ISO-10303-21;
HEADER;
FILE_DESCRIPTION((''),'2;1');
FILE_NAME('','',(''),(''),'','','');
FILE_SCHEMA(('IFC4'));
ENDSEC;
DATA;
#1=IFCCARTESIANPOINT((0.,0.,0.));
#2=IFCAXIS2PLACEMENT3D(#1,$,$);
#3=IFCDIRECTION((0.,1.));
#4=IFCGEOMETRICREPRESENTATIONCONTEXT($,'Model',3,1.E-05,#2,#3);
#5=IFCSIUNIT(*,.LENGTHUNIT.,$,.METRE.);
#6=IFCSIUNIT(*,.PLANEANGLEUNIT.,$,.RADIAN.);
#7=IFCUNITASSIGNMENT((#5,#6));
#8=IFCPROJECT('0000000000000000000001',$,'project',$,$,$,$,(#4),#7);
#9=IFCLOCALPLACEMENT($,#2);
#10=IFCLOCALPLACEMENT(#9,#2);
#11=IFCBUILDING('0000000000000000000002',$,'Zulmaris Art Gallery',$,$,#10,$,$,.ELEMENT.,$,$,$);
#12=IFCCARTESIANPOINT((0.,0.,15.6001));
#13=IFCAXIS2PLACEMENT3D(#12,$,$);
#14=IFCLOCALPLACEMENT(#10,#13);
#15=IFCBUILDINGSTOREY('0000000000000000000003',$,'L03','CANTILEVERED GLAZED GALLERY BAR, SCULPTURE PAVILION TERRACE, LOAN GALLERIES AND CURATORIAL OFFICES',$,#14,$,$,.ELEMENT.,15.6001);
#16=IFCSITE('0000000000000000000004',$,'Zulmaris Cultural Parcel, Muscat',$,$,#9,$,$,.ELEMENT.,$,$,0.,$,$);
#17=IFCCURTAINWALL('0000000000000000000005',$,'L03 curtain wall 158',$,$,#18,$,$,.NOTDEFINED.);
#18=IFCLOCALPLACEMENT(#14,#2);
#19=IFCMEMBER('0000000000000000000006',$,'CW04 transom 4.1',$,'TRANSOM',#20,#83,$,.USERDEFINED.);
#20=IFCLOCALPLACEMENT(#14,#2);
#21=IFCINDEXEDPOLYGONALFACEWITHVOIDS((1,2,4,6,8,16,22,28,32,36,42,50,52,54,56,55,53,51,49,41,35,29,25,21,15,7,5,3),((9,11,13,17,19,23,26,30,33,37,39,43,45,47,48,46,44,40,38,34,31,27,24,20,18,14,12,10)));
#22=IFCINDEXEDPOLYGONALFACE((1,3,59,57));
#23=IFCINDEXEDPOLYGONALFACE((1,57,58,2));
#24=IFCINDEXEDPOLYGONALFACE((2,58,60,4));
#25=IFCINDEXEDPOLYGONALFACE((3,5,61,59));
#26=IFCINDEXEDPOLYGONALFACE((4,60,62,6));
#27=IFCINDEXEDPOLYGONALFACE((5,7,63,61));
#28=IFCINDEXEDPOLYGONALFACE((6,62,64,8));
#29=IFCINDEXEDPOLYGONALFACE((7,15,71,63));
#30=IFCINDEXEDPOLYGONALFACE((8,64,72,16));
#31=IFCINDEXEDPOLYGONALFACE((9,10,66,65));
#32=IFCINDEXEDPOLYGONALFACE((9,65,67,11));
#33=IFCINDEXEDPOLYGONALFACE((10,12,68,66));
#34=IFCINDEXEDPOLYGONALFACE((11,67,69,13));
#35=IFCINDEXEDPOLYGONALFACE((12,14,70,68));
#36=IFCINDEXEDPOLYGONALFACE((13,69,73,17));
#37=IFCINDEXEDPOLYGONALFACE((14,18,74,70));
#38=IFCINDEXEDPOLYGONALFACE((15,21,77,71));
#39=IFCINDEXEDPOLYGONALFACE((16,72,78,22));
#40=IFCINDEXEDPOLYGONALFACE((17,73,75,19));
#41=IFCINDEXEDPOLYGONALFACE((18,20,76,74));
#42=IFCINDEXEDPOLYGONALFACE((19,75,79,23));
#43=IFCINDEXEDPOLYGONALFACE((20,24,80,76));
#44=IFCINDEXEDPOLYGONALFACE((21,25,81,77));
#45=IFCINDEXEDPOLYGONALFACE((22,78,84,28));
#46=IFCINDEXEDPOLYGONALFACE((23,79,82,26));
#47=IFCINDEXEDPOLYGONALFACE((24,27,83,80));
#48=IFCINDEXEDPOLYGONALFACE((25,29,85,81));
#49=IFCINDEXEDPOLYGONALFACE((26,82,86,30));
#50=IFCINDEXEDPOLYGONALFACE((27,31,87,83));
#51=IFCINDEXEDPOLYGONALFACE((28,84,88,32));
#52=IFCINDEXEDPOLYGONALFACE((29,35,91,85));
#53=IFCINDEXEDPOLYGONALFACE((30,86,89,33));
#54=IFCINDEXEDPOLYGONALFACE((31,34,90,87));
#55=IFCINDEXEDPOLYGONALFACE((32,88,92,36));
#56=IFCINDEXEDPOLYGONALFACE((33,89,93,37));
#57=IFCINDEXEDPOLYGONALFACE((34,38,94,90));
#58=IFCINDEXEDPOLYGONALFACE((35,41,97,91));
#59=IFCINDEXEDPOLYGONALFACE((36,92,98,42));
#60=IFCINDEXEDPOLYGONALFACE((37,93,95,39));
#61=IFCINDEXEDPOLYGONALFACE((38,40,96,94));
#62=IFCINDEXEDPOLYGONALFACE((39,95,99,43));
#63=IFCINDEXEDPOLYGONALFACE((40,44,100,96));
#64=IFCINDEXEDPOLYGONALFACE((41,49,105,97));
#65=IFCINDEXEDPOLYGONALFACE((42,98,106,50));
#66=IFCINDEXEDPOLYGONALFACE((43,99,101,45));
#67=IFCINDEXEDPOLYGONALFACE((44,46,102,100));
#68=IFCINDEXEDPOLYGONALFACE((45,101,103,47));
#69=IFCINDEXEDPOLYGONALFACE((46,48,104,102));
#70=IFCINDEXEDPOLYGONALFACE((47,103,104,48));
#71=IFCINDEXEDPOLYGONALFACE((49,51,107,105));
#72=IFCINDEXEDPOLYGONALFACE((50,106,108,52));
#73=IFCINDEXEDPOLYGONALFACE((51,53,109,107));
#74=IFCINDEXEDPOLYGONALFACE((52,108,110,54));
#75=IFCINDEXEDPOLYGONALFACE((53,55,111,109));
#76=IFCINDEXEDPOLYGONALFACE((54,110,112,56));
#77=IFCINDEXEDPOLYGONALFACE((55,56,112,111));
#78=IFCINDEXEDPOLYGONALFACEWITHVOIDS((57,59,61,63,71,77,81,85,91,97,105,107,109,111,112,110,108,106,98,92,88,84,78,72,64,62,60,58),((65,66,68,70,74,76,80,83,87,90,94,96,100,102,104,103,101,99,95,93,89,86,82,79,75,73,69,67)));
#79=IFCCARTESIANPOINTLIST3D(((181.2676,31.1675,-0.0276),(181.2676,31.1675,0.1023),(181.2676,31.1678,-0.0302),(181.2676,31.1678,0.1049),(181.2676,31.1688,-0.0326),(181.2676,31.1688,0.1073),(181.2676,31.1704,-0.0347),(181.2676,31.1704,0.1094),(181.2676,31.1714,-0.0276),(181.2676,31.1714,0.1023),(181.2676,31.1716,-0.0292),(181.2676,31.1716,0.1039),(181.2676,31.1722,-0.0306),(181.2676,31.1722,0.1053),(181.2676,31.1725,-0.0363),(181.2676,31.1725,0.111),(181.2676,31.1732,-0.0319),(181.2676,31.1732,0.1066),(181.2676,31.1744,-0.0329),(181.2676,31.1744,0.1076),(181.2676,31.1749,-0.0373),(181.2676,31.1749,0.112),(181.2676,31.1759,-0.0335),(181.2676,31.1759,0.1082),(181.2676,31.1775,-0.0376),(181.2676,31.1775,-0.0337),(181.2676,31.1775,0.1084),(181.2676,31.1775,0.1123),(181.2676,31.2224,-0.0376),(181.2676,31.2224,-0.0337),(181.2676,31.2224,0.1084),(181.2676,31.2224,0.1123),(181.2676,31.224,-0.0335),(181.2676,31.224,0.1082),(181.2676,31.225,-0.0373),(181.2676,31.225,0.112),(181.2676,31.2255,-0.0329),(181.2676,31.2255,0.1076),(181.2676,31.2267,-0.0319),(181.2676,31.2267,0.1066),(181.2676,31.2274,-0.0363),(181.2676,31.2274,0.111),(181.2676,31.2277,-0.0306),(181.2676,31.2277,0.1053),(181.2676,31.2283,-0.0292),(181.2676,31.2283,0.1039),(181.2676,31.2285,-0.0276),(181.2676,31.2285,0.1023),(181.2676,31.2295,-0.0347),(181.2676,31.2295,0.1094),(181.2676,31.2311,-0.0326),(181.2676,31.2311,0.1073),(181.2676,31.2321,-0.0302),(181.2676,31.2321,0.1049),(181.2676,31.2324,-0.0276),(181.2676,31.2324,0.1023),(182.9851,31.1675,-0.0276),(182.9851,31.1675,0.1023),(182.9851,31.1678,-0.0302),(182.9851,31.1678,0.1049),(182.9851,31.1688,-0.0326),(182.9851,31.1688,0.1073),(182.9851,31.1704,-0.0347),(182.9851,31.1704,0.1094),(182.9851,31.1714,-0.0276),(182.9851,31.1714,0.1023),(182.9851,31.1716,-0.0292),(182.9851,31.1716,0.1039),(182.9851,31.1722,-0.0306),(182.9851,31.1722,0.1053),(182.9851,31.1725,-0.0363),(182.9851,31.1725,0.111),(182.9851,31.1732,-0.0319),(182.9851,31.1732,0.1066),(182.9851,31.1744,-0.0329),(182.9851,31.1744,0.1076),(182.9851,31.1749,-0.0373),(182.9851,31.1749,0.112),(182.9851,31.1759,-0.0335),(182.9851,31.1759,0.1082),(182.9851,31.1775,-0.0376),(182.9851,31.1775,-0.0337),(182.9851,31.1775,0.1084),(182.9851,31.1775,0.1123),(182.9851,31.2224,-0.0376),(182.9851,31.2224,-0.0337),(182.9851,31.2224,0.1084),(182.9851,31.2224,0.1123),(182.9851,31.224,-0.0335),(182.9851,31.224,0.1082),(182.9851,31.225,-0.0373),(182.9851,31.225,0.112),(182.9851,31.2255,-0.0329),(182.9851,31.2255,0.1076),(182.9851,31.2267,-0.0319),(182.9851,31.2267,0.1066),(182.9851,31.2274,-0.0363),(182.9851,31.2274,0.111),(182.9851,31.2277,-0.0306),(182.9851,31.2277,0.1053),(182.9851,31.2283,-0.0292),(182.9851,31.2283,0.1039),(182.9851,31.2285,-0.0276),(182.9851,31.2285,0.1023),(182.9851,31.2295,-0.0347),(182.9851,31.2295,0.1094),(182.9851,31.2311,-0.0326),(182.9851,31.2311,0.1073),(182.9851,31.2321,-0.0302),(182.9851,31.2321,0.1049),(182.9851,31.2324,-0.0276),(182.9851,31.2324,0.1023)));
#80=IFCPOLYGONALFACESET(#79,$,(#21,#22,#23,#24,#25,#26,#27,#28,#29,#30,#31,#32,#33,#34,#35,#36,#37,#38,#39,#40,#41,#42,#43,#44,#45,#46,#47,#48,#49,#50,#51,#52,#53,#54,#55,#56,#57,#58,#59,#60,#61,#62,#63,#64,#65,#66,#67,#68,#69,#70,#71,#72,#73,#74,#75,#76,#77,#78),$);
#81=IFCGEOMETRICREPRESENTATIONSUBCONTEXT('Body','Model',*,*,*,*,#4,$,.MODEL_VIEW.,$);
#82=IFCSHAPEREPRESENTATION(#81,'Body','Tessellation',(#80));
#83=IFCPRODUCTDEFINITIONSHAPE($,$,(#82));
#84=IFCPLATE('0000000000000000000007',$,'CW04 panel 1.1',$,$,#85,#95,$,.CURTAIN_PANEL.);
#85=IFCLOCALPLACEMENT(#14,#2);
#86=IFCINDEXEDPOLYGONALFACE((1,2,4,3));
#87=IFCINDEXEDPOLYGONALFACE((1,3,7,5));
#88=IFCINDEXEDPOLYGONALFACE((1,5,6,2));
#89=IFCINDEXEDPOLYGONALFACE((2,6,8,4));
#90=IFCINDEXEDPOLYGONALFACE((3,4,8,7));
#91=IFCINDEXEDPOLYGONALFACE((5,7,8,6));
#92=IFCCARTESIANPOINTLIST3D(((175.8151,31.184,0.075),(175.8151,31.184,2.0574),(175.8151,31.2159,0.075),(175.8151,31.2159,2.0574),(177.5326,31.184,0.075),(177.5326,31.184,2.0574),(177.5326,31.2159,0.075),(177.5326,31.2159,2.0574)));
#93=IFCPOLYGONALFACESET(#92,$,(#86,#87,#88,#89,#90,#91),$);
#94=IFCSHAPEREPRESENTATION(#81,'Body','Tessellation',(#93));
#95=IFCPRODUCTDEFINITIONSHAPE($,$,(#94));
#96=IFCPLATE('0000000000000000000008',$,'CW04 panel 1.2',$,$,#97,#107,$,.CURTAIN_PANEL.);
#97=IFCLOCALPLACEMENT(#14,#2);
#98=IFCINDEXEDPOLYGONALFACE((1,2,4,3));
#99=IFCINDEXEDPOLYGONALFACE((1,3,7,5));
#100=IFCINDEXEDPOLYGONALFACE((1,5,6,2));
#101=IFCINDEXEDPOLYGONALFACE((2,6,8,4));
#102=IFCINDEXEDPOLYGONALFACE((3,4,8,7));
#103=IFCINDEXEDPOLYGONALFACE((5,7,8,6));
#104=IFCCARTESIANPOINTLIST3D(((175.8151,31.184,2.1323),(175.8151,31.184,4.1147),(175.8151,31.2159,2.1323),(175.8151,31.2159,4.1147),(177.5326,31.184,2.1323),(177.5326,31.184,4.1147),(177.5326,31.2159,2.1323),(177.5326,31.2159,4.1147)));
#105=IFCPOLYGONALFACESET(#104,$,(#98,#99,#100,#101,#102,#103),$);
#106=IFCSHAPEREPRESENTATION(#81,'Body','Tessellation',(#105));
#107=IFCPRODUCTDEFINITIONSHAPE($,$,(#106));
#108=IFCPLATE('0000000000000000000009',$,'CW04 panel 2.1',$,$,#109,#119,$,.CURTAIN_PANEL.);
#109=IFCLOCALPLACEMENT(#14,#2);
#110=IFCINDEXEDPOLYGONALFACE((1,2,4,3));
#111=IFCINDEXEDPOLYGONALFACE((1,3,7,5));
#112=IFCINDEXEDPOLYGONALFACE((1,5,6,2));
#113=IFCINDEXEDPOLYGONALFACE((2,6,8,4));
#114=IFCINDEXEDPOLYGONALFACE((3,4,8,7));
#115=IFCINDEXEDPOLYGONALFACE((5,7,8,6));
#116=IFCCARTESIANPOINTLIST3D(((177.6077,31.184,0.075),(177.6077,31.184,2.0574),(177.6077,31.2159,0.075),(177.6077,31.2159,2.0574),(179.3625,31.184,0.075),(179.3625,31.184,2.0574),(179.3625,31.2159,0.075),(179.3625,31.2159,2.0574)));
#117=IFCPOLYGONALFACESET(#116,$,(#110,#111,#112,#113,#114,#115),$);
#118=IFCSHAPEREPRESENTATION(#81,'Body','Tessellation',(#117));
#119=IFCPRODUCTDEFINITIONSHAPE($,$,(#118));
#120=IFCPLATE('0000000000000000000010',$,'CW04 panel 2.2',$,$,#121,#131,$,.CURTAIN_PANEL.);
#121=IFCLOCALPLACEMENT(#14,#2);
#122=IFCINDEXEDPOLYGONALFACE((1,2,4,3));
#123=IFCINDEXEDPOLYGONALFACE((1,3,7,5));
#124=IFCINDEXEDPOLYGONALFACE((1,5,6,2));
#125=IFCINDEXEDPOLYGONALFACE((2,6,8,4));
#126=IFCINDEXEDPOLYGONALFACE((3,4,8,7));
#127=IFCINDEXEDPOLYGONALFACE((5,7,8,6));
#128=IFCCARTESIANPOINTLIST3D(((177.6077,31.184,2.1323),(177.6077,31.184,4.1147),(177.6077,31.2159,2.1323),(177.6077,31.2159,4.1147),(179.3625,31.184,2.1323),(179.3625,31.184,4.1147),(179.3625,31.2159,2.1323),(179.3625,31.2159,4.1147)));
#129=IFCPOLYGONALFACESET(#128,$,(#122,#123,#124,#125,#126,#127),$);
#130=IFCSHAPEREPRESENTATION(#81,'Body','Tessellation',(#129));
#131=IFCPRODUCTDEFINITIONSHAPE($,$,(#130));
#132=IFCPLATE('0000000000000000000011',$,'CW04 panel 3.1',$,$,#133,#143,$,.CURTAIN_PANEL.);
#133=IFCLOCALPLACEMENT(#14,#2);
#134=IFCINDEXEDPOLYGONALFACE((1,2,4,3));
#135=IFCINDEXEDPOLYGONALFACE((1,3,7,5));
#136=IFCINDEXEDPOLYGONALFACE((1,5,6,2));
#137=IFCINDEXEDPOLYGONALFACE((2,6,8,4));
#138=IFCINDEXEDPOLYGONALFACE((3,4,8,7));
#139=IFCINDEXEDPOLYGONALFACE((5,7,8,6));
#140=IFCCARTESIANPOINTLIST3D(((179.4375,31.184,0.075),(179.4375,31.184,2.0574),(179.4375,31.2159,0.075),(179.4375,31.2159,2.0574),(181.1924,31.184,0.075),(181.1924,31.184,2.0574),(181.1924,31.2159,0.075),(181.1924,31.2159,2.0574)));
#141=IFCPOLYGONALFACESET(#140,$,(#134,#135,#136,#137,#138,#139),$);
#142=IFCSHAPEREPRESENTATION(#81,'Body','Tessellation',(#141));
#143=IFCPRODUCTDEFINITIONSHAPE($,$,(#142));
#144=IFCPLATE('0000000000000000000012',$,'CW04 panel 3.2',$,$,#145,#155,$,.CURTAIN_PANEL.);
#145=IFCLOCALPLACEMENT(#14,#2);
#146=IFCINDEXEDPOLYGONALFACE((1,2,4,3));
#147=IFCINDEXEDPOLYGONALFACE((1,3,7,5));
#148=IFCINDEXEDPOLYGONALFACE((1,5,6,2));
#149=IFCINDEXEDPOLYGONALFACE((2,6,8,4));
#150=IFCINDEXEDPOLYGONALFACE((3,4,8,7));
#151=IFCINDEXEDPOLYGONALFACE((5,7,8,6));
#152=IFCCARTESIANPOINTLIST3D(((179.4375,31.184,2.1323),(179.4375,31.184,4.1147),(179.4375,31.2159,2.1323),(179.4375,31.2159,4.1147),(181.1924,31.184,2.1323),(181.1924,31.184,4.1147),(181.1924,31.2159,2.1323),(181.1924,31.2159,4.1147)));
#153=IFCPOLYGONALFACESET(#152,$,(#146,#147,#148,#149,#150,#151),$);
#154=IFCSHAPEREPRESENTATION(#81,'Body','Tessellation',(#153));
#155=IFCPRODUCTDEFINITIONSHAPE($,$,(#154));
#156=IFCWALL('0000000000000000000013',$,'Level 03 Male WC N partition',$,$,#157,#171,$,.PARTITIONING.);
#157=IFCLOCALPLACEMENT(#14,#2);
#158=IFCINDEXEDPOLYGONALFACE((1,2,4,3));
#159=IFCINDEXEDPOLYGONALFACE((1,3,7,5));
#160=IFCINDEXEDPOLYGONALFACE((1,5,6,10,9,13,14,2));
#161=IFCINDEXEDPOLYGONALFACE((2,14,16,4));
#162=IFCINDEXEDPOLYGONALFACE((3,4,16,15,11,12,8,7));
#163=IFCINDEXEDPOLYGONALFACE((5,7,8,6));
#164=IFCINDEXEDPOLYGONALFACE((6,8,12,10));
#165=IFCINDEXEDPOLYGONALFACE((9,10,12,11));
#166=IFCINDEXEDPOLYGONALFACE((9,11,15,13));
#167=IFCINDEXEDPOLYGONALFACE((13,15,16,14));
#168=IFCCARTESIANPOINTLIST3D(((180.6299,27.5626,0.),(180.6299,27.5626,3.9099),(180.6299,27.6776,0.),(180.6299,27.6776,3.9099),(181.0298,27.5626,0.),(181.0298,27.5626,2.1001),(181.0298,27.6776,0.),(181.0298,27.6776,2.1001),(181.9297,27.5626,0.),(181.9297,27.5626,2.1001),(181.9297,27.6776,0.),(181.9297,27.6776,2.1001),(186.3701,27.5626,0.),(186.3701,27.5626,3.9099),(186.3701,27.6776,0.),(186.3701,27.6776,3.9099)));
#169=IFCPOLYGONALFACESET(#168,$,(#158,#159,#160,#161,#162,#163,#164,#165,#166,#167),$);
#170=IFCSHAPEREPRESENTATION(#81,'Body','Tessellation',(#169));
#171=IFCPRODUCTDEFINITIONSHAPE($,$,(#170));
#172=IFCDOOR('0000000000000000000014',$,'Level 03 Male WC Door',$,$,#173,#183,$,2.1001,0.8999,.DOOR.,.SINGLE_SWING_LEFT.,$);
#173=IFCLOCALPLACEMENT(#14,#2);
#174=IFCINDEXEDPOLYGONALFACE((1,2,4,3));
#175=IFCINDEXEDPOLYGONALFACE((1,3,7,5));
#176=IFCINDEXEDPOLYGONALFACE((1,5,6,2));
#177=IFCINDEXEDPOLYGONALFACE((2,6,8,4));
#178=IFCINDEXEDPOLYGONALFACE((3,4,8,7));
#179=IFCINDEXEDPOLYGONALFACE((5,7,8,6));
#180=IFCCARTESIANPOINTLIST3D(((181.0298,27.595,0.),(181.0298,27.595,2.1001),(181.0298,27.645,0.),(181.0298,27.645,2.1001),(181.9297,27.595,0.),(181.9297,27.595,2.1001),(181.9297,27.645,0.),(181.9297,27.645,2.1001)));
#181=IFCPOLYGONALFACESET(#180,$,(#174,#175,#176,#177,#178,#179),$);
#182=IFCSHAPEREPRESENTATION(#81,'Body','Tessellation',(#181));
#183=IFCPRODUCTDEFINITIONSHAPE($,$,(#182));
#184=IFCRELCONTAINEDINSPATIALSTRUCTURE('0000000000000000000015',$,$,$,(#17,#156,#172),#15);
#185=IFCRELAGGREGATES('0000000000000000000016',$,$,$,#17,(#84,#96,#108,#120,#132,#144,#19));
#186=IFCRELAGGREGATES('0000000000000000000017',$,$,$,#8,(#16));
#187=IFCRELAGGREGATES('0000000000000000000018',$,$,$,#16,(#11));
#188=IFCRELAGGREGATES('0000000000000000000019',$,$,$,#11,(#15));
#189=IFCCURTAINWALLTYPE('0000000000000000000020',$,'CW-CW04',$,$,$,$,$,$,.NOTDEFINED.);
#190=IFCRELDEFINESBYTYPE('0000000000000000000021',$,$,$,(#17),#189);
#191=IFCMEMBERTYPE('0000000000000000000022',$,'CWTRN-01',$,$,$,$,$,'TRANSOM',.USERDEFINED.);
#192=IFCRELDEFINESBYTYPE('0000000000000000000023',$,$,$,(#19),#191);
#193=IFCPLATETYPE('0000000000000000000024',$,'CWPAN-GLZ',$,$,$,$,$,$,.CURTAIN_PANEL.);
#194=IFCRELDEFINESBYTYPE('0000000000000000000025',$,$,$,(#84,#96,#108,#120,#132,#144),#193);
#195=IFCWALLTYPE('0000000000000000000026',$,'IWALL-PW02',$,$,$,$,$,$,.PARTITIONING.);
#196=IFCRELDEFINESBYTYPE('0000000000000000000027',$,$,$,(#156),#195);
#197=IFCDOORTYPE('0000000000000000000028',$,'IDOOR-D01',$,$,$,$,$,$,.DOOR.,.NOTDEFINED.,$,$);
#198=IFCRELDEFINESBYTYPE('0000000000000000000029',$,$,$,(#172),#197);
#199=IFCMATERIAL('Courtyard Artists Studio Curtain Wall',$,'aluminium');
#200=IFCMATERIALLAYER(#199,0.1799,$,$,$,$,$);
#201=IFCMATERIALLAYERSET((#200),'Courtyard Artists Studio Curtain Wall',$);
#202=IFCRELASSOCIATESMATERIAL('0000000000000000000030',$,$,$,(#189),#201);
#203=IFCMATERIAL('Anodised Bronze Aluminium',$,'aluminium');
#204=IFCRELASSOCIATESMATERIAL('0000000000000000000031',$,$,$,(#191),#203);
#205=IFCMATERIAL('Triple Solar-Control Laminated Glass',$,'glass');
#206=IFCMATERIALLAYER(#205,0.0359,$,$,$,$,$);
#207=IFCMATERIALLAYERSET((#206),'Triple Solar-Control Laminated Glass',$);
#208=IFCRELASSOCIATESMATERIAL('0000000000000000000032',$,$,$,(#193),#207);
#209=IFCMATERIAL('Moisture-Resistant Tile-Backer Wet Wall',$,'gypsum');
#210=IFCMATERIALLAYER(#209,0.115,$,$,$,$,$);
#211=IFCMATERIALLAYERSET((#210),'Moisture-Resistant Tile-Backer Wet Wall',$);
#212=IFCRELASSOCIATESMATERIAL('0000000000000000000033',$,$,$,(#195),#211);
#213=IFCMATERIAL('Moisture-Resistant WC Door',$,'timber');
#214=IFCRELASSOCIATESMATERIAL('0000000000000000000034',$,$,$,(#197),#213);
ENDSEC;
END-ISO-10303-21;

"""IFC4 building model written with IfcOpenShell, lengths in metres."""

from ifc_helpers import new_model, si_unit, direction, frame, frame_2d, origin, origin_2d, place, context, subcontext, project, spatial, rectangle, hollow_rectangle, extrude, material, layer, layer_set, material_profile, profile_set, type_object, element, fill, aggregate, save


model = new_model("IFC4")

# Units and contexts
model_context = context("Model", 3, precision=1e-05, world=origin(), true_north=direction((0.0, 1.0)))
body_context = subcontext(model_context, "Body", "Model", "MODEL_VIEW")
ifc_project = project(units=[si_unit("LENGTHUNIT", "METRE"), si_unit("PLANEANGLEUNIT", "RADIAN")], contexts=[model_context])

# Site, building, storey
site_placement = place(None, origin())
site = spatial("IfcSite", under=ifc_project, at=site_placement, Name="Zulmaris Cultural Parcel, Muscat", CompositionType="ELEMENT", RefElevation=0.0)
building_placement = place(site_placement, origin())
building = spatial("IfcBuilding", under=site, at=building_placement, Name="Zulmaris Art Gallery", CompositionType="ELEMENT")
storey_placement = place(building_placement, frame((0.0, 0.0, 15.6001)))
storey = spatial("IfcBuildingStorey", under=building, at=storey_placement, Name="L03", Description="CANTILEVERED GLAZED GALLERY BAR, SCULPTURE PAVILION TERRACE, LOAN GALLERIES AND CURATORIAL OFFICES", CompositionType="ELEMENT", Elevation=15.6001)

# Curtain wall, member, plates
ifc_material_1 = material(Name="Courtyard Artists Studio Curtain Wall", Category="aluminium")
ifc_layer_1 = layer(ifc_material_1, 0.1799)
ifc_layer_set_1 = layer_set([ifc_layer_1], Name="Courtyard Artists Studio Curtain Wall")
curtain_wall_type = type_object("IfcCurtainWallType", Name="CW-CW04", PredefinedType="NOTDEFINED", material=ifc_layer_set_1)
curtain_wall_placement = place(storey_placement, origin())
curtain_wall = element("IfcCurtainWall", 1, at=curtain_wall_placement, inside=storey, type_object=curtain_wall_type, Name="L03 curtain wall 158", PredefinedType="NOTDEFINED")
ifc_material_2 = material(Name="Anodised Bronze Aluminium", Category="aluminium")
ifc_material_profile_1 = material_profile(ifc_material_2, hollow_rectangle(XDim=0.0649, YDim=0.1499, WallThickness=0.0039, InnerFilletRadius=0.0061, OuterFilletRadius=0.01, at=origin_2d()), Name="ALU 65x150x4")
ifc_profile_set_1 = profile_set([ifc_material_profile_1], Name="Anodised Bronze Aluminium")
member_type_1 = type_object("IfcMemberType", Name="CWTRN-01", ElementType="TRANSOM", PredefinedType="USERDEFINED", material=ifc_profile_set_1)
member_1_placement = place(storey_placement, frame((181.2676, 31.2, 0.0374), z_axis=(1.0, 0.0, 0.0), x_axis=(0.0, 1.0, 0.0)))
member_1 = element("IfcMember", 2, at=member_1_placement, type_object=member_type_1, Name="CW04 transom 4.1", ObjectType="TRANSOM", PredefinedType="USERDEFINED", context=body_context, shape_type="SweptSolid", body=[
    extrude(hollow_rectangle(XDim=0.0649, YDim=0.1499, WallThickness=0.0039, InnerFilletRadius=0.0061, OuterFilletRadius=0.01, at=origin_2d()), origin(), (0.0, 0.0, 1.0), 1.7175),
])
ifc_material_3 = material(Name="Triple Solar-Control Laminated Glass", Category="glass")
ifc_layer_2 = layer(ifc_material_3, 0.0359)
ifc_layer_set_2 = layer_set([ifc_layer_2], Name="Triple Solar-Control Laminated Glass")
plate_type = type_object("IfcPlateType", Name="CWPAN-GLZ", PredefinedType="CURTAIN_PANEL", material=ifc_layer_set_2)
plate_1_placement = place(storey_placement, frame((176.6738, 31.2, 0.075), z_axis=(0.0, 0.0, 1.0), x_axis=(1.0, 0.0, 0.0)))
plate_1 = element("IfcPlate", 3, at=plate_1_placement, type_object=plate_type, Name="CW04 panel 1.1", PredefinedType="CURTAIN_PANEL", context=body_context, shape_type="SweptSolid", body=[
    extrude(rectangle(XDim=1.7175, YDim=0.032, at=origin_2d()), origin(), (0.0, 0.0, 1.0), 1.9824),
])
plate_2_placement = place(storey_placement, frame((176.6738, 31.2, 2.1323), z_axis=(0.0, 0.0, 1.0), x_axis=(1.0, 0.0, 0.0)))
plate_2 = element("IfcPlate", 4, at=plate_2_placement, type_object=plate_type, Name="CW04 panel 1.2", PredefinedType="CURTAIN_PANEL", context=body_context, shape_type="SweptSolid", body=[
    extrude(rectangle(XDim=1.7175, YDim=0.032, at=origin_2d()), origin(), (0.0, 0.0, 1.0), 1.9824),
])
plate_3_placement = place(storey_placement, frame((178.4851, 31.2, 0.075), z_axis=(0.0, 0.0, 1.0), x_axis=(1.0, 0.0, 0.0)))
plate_3 = element("IfcPlate", 5, at=plate_3_placement, type_object=plate_type, Name="CW04 panel 2.1", PredefinedType="CURTAIN_PANEL", context=body_context, shape_type="SweptSolid", body=[
    extrude(rectangle(XDim=1.7549, YDim=0.032, at=origin_2d()), origin(), (0.0, 0.0, 1.0), 1.9824),
])
plate_4_placement = place(storey_placement, frame((178.4851, 31.2, 2.1323), z_axis=(0.0, 0.0, 1.0), x_axis=(1.0, 0.0, 0.0)))
plate_4 = element("IfcPlate", 6, at=plate_4_placement, type_object=plate_type, Name="CW04 panel 2.2", PredefinedType="CURTAIN_PANEL", context=body_context, shape_type="SweptSolid", body=[
    extrude(rectangle(XDim=1.7549, YDim=0.032, at=origin_2d()), origin(), (0.0, 0.0, 1.0), 1.9824),
])
plate_5_placement = place(storey_placement, frame((180.3149, 31.2, 0.075), z_axis=(0.0, 0.0, 1.0), x_axis=(1.0, 0.0, 0.0)))
plate_5 = element("IfcPlate", 7, at=plate_5_placement, type_object=plate_type, Name="CW04 panel 3.1", PredefinedType="CURTAIN_PANEL", context=body_context, shape_type="SweptSolid", body=[
    extrude(rectangle(XDim=1.7549, YDim=0.032, at=origin_2d()), origin(), (0.0, 0.0, 1.0), 1.9824),
])
plate_6_placement = place(storey_placement, frame((180.3149, 31.2, 2.1323), z_axis=(0.0, 0.0, 1.0), x_axis=(1.0, 0.0, 0.0)))
plate_6 = element("IfcPlate", 8, at=plate_6_placement, type_object=plate_type, Name="CW04 panel 3.2", PredefinedType="CURTAIN_PANEL", context=body_context, shape_type="SweptSolid", body=[
    extrude(rectangle(XDim=1.7549, YDim=0.032, at=origin_2d()), origin(), (0.0, 0.0, 1.0), 1.9824),
])
aggregate(curtain_wall, [plate_1, plate_2, plate_3, plate_4, plate_5, plate_6, member_1])

# Wall, opening, door
ifc_material_4 = material(Name="Moisture-Resistant Tile-Backer Wet Wall", Category="gypsum")
ifc_layer_3 = layer(ifc_material_4, 0.115)
ifc_layer_set_3 = layer_set([ifc_layer_3], Name="Moisture-Resistant Tile-Backer Wet Wall")
wall_type_1 = type_object("IfcWallType", Name="IWALL-PW02", PredefinedType="PARTITIONING", material=ifc_layer_set_3)
wall_1_placement = place(storey_placement, frame((180.6299, 27.6201, 0.0), z_axis=(0.0, 0.0, 1.0), x_axis=(1.0, 0.0, 0.0)))
wall_1 = element("IfcWall", 9, at=wall_1_placement, inside=storey, type_object=wall_type_1, Name="Level 03 Male WC N partition", PredefinedType="PARTITIONING", context=body_context, shape_type="SweptSolid", body=[
    extrude(rectangle(XDim=5.7402, YDim=0.115, at=frame_2d((2.8701, 0.0))), origin(), (0.0, 0.0, 1.0), 3.9099),
])
opening_1_placement = place(wall_1_placement, frame((0.3999, 0.0, 0.0)))
opening_1 = element("IfcOpeningElement", 10, at=opening_1_placement, cuts=wall_1, PredefinedType="OPENING", context=body_context, shape_type="SweptSolid", body=[
    extrude(rectangle(XDim=0.8999, YDim=2.1001, at=frame_2d((0.45, 1.05))), frame((0.0, 0.0674, 0.0), z_axis=(0.0, -1.0, 0.0), x_axis=(1.0, 0.0, 0.0)), (0.0, 0.0, 1.0), 0.135),
])
ifc_material_5 = material(Name="Moisture-Resistant WC Door", Category="timber")
door_type = type_object("IfcDoorType", Name="IDOOR-D01", OperationType="NOTDEFINED", PredefinedType="DOOR", material=ifc_material_5)
door_placement = place(opening_1_placement, origin())
door = element("IfcDoor", 11, at=door_placement, inside=storey, type_object=door_type, Name="Level 03 Male WC Door", OperationType="SINGLE_SWING_LEFT", OverallHeight=2.1001, OverallWidth=0.8999, PredefinedType="DOOR", context=body_context, shape_type="SweptSolid", body=[
    extrude(rectangle(XDim=0.8999, YDim=2.1001, at=frame_2d((0.45, 1.05))), frame((0.0, 0.0249, 0.0), z_axis=(0.0, -1.0, 0.0), x_axis=(1.0, 0.0, 0.0)), (0.0, 0.0, 1.0), 0.05),
])
fill(opening_1, door)

save(model, "model.ifc")
